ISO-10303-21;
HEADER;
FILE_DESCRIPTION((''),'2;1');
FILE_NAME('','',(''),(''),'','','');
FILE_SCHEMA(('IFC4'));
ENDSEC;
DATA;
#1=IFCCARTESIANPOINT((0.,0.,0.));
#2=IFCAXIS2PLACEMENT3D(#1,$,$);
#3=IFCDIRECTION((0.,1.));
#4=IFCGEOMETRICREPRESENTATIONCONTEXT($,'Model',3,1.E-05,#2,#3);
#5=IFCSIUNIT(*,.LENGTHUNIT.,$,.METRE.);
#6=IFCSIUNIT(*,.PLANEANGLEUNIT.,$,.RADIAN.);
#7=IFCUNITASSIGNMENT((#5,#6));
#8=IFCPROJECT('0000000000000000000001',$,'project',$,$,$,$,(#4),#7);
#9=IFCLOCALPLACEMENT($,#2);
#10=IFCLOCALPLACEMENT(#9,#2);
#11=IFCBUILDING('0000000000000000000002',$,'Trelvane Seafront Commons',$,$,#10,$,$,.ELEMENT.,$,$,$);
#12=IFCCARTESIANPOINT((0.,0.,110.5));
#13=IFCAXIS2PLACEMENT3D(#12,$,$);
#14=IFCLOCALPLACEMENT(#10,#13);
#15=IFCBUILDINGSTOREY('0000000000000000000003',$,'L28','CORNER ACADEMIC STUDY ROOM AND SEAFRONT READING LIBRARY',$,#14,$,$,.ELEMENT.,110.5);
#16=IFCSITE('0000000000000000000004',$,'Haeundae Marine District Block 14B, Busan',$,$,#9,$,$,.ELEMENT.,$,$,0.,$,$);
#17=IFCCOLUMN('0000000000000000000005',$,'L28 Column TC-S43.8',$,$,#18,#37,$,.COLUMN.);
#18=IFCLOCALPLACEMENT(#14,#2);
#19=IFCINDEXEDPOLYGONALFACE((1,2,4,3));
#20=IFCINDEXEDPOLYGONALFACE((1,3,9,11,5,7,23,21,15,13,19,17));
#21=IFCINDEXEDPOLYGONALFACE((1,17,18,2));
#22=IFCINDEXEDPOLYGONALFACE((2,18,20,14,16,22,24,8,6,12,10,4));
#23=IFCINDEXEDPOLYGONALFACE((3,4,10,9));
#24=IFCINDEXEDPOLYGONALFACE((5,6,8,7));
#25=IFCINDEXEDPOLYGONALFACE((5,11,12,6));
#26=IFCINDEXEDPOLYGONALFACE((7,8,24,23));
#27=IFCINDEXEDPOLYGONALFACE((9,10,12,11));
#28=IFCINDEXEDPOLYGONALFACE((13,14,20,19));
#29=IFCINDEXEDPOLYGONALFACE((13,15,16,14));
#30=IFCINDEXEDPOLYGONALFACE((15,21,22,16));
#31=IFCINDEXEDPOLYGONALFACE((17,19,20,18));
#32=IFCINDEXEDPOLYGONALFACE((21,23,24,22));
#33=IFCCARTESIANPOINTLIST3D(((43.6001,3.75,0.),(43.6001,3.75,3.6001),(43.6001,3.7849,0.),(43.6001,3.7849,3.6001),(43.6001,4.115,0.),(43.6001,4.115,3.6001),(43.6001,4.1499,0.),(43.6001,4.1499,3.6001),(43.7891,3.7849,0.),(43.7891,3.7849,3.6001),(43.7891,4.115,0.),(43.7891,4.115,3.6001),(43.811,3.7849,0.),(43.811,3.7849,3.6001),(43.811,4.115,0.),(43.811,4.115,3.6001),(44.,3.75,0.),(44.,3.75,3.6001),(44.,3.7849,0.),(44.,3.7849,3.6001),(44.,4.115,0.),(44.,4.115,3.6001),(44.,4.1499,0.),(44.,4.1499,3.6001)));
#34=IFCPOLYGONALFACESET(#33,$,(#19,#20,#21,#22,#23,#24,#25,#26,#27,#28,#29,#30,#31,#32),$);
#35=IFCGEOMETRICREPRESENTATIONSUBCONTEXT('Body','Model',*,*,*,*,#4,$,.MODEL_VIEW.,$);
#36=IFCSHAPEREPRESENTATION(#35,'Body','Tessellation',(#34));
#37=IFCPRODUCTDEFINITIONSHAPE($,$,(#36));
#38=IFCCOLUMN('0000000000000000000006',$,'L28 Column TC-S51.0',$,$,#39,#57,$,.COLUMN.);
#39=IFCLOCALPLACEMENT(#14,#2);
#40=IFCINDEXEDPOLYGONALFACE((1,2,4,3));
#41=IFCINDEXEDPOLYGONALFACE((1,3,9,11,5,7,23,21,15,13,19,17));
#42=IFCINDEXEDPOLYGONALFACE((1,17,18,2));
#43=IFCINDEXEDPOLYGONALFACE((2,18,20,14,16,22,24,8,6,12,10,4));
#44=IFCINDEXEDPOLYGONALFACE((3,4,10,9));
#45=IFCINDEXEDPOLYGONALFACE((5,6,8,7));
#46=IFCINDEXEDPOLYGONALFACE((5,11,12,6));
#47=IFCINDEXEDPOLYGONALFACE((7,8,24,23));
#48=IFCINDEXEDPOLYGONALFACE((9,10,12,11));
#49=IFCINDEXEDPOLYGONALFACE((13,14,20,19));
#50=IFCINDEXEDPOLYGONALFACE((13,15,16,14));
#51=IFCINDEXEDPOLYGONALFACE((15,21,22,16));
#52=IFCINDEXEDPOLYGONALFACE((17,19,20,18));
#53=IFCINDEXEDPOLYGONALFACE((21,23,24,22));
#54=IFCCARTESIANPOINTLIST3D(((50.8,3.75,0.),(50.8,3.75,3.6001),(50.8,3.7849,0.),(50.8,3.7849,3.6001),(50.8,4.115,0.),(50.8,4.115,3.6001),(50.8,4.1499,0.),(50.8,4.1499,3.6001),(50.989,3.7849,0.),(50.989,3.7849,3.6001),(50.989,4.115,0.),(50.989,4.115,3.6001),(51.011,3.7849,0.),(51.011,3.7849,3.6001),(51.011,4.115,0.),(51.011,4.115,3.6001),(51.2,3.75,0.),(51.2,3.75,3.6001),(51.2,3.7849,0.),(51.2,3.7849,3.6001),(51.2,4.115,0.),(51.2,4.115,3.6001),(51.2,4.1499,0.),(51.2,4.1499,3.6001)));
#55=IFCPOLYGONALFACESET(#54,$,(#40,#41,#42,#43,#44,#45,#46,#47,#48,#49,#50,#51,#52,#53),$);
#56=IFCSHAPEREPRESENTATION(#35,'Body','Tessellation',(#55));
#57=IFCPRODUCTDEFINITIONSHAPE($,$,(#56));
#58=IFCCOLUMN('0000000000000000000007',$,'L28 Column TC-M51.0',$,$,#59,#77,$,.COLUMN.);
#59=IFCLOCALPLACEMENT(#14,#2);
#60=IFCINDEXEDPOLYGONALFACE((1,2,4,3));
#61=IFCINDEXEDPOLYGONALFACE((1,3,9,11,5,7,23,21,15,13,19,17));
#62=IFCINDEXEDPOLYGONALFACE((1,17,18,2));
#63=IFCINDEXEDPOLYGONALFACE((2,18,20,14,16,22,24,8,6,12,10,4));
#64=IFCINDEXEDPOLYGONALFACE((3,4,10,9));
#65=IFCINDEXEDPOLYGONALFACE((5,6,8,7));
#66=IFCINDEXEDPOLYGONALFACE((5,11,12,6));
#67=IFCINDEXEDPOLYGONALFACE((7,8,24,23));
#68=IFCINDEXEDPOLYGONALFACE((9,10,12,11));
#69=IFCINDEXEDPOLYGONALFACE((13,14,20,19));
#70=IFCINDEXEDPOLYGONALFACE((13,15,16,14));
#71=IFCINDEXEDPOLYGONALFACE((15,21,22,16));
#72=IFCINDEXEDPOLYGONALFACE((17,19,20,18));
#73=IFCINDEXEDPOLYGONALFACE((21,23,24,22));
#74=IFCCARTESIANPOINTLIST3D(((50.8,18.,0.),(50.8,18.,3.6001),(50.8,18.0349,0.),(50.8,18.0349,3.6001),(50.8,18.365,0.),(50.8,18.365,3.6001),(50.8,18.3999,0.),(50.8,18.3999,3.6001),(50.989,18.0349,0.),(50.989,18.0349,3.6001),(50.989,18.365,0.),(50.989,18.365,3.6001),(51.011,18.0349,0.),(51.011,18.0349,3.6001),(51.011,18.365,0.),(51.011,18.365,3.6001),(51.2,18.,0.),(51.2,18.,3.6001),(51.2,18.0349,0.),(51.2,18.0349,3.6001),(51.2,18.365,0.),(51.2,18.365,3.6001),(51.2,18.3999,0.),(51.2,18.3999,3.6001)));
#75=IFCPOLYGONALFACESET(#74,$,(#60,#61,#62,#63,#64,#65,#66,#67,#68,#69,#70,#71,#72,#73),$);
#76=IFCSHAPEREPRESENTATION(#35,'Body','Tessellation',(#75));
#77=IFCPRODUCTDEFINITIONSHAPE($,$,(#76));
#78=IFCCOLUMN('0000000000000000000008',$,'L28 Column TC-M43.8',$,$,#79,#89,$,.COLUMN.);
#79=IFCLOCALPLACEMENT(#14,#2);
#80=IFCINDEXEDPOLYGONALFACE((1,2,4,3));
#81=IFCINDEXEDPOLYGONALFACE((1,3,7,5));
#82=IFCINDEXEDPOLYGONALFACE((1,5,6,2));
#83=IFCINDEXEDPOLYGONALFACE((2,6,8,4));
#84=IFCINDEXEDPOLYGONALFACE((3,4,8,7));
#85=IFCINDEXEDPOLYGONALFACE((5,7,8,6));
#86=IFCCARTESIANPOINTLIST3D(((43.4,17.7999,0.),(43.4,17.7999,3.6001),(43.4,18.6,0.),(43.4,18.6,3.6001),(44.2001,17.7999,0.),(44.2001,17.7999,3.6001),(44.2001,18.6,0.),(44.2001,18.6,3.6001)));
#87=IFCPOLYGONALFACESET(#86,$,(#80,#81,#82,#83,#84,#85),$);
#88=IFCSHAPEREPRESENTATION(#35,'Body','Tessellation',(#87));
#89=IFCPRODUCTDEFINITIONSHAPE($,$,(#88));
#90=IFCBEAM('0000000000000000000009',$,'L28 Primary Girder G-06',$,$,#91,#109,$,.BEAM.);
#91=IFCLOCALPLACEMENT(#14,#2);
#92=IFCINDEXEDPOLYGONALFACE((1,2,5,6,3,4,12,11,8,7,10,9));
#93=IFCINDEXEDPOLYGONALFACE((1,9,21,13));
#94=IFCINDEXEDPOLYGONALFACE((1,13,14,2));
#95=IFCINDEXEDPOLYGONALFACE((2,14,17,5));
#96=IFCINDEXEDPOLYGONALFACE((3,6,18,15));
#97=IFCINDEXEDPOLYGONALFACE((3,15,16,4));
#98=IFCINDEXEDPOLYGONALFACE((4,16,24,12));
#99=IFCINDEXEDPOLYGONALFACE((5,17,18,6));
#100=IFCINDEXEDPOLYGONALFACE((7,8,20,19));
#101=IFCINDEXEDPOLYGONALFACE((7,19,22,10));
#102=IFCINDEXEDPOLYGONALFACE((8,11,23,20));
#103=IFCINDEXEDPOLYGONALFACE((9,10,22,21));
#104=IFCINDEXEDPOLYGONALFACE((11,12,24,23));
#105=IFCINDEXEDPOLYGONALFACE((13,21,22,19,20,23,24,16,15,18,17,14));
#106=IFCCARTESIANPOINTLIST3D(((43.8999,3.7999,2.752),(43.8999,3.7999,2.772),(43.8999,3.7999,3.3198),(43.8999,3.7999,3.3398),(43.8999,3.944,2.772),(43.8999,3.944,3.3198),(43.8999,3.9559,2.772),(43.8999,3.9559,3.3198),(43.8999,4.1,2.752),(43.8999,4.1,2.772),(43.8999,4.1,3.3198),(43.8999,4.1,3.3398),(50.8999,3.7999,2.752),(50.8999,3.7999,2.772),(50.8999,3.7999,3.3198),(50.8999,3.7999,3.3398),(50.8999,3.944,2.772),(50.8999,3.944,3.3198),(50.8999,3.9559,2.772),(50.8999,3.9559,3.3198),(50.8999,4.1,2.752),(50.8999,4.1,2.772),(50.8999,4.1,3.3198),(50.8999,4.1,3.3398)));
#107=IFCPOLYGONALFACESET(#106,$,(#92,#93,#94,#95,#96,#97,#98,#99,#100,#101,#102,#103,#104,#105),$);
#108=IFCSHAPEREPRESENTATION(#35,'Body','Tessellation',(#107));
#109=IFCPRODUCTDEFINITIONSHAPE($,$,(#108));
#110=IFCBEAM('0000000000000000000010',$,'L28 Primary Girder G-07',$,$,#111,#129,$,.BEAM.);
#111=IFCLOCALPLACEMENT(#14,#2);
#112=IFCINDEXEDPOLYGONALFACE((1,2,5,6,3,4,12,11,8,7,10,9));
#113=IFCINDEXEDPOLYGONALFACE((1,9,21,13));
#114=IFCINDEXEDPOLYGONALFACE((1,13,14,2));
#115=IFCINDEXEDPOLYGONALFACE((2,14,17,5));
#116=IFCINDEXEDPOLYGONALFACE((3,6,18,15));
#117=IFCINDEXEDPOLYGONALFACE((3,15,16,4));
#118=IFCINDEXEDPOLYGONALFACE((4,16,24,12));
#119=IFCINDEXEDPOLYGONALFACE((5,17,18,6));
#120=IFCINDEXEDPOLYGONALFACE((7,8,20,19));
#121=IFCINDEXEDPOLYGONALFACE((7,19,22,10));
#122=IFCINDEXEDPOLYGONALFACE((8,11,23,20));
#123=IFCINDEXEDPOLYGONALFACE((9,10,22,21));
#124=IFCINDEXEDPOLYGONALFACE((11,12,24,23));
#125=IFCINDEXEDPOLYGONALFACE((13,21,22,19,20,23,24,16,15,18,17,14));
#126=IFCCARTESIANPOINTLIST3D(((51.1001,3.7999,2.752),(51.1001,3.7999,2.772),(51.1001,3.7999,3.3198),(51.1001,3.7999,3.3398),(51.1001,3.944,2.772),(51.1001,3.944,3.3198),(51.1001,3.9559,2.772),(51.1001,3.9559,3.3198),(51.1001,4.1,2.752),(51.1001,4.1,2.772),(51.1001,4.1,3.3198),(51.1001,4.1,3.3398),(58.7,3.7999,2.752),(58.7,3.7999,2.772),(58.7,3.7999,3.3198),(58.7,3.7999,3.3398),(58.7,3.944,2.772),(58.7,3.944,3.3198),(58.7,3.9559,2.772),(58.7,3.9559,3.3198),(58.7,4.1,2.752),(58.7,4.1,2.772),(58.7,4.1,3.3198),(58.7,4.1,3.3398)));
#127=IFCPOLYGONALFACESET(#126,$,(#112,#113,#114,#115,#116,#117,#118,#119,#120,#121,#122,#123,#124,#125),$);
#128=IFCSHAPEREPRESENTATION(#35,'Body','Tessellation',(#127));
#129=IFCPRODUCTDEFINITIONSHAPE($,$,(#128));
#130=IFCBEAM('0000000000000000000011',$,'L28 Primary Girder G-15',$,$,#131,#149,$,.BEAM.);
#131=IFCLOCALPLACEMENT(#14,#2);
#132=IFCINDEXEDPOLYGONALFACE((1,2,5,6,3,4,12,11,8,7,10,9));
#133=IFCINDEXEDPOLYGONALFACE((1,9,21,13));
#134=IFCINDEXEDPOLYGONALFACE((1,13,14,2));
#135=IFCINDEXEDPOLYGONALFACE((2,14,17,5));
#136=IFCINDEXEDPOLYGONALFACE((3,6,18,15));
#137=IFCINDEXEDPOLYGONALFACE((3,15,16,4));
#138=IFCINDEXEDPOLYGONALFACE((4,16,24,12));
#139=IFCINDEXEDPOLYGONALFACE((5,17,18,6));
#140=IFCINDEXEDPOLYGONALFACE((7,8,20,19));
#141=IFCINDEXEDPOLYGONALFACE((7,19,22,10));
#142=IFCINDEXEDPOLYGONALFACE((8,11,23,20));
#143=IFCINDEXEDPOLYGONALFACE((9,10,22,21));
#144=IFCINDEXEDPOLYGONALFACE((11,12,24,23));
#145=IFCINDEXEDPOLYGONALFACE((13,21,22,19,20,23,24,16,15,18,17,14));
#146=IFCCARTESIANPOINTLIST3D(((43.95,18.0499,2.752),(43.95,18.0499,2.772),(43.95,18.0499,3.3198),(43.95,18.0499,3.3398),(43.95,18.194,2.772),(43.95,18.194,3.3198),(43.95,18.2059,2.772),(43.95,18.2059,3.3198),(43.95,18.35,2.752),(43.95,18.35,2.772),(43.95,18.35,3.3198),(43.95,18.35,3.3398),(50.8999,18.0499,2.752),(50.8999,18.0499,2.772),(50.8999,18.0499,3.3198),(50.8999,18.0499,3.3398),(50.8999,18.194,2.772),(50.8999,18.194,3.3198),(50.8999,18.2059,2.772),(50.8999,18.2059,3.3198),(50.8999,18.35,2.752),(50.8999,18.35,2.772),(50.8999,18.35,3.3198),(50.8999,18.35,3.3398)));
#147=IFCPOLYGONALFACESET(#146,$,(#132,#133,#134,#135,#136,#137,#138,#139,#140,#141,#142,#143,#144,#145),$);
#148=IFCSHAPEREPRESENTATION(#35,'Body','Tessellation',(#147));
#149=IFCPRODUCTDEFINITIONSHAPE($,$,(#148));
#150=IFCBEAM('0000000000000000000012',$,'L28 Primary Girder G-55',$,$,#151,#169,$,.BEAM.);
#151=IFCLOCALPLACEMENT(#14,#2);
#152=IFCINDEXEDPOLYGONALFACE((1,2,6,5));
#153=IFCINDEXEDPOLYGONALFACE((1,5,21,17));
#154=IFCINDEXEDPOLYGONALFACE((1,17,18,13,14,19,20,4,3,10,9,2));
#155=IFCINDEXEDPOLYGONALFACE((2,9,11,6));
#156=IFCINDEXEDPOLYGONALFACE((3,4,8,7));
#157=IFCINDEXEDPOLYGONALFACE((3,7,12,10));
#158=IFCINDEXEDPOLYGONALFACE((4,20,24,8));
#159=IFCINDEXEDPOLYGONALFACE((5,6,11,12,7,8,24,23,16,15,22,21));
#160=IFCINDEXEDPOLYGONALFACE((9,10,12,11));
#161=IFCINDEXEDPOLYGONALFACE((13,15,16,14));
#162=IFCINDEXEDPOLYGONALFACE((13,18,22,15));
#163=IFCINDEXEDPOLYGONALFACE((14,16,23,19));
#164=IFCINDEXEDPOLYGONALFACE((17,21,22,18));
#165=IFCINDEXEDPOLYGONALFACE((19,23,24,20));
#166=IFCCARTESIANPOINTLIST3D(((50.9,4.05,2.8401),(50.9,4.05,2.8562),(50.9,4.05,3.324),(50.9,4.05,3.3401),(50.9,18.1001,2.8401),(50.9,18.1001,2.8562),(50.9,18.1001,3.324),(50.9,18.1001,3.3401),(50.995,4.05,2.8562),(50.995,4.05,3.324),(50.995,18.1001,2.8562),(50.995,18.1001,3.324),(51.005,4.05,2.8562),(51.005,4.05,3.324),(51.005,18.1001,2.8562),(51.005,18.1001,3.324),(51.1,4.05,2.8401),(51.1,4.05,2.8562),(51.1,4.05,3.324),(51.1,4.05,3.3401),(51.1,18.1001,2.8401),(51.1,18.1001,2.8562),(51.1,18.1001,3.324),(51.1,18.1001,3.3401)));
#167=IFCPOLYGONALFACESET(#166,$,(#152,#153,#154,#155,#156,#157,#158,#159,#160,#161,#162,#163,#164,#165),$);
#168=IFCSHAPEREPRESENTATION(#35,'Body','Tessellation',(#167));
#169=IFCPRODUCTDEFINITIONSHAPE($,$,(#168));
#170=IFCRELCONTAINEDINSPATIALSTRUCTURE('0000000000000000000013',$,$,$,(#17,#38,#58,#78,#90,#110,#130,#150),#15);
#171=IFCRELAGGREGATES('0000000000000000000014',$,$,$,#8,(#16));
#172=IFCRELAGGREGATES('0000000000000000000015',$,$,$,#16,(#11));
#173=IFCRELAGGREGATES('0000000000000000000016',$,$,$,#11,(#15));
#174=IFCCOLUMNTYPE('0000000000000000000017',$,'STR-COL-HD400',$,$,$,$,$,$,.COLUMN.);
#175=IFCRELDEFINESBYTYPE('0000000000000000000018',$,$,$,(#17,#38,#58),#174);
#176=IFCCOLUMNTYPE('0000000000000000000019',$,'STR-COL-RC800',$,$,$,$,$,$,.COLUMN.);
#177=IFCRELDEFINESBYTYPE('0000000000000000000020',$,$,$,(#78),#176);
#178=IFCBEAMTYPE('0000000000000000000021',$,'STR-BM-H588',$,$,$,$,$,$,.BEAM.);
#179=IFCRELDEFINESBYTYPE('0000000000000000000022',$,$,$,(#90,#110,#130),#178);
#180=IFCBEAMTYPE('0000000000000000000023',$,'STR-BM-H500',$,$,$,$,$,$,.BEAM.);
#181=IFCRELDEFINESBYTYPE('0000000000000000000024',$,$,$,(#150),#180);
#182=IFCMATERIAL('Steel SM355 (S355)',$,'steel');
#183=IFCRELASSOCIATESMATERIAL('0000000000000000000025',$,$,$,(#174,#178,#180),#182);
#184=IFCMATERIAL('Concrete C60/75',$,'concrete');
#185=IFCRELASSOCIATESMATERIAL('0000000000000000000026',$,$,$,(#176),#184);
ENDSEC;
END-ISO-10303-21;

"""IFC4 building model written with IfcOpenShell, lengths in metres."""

from ifc_helpers import new_model, si_unit, direction, frame, origin, origin_2d, place, context, subcontext, project, spatial, rectangle, i_section, extrude, source, transform, mapped, material, material_profile, profile_set, type_object, element, save


model = new_model("IFC4")

# Units and contexts
model_context = context("Model", 3, precision=1e-05, world=origin(), true_north=direction((0.0, 1.0)))
body_context = subcontext(model_context, "Body", "Model", "MODEL_VIEW")
ifc_project = project(units=[si_unit("LENGTHUNIT", "METRE"), si_unit("PLANEANGLEUNIT", "RADIAN")], contexts=[model_context])

# Site, building, storey
site_placement = place(None, origin())
site = spatial("IfcSite", under=ifc_project, at=site_placement, Name="Haeundae Marine District Block 14B, Busan", CompositionType="ELEMENT", RefElevation=0.0)
building_placement = place(site_placement, origin())
building = spatial("IfcBuilding", under=site, at=building_placement, Name="Trelvane Seafront Commons", CompositionType="ELEMENT")
storey_placement = place(building_placement, frame((0.0, 0.0, 110.5)))
storey = spatial("IfcBuildingStorey", under=building, at=storey_placement, Name="L28", Description="CORNER ACADEMIC STUDY ROOM AND SEAFRONT READING LIBRARY", CompositionType="ELEMENT", Elevation=110.5)

# Columns
ifc_material_1 = material(Name="Steel SM355 (S355)", Category="steel")
ifc_material_profile_1 = material_profile(ifc_material_1, i_section(OverallWidth=0.3999, OverallDepth=0.3999, WebThickness=0.022, FlangeThickness=0.0349, at=origin_2d()), Name="HD-400x400x22x35")
ifc_profile_set_1 = profile_set([ifc_material_profile_1], Name="Steel SM355 (S355)")
column_type_1 = type_object("IfcColumnType", Name="STR-COL-HD400", PredefinedType="COLUMN", material=ifc_profile_set_1)
shared_shape_1 = source(origin(), body_context, "Body", "SweptSolid", [
    extrude(i_section(OverallWidth=0.3999, OverallDepth=0.3999, WebThickness=0.022, FlangeThickness=0.0349, at=origin_2d()), origin(), (0.0, 0.0, 1.0), 3.6001),
])
for number, where, z_axis, x_axis, name in (
    (1, (43.8, 3.95, 0.0), (0.0, 0.0, 1.0), (1.0, 0.0, 0.0), "L28 Column TC-S43.8"),
    (2, (51.0, 3.95, 0.0), (0.0, 0.0, 1.0), (1.0, 0.0, 0.0), "L28 Column TC-S51.0"),
    (3, (51.0, 18.2, 0.0), (0.0, 0.0, 1.0), (1.0, 0.0, 0.0), "L28 Column TC-M51.0"),
):
    element("IfcColumn", number, at=place(storey_placement, frame(where, z_axis=z_axis, x_axis=x_axis)), inside=storey, type_object=column_type_1, Name=name, PredefinedType="COLUMN", context=body_context, shape_type="MappedRepresentation", body=[
        mapped(shared_shape_1, transform((0.0, 0.0, 0.0), x_axis=(1.0, 0.0, 0.0), y_axis=(0.0, 1.0, 0.0), z_axis=(0.0, 0.0, 1.0), scale=1.0)),
    ])
ifc_material_2 = material(Name="Concrete C60/75", Category="concrete")
ifc_material_profile_2 = material_profile(ifc_material_2, rectangle(XDim=0.8, YDim=0.8, at=origin_2d()), Name="RC-800x800")
ifc_profile_set_2 = profile_set([ifc_material_profile_2], Name="Concrete C60/75")
column_type_2 = type_object("IfcColumnType", Name="STR-COL-RC800", PredefinedType="COLUMN", material=ifc_profile_set_2)
shared_shape_2 = source(origin(), body_context, "Body", "SweptSolid", [
    extrude(rectangle(XDim=0.8, YDim=0.8, at=origin_2d()), origin(), (0.0, 0.0, 1.0), 3.6001),
])
column_placement = place(storey_placement, frame((43.8, 18.2, 0.0), z_axis=(0.0, 0.0, 1.0), x_axis=(1.0, 0.0, 0.0)))
element("IfcColumn", 4, at=column_placement, inside=storey, type_object=column_type_2, Name="L28 Column TC-M43.8", PredefinedType="COLUMN", context=body_context, shape_type="MappedRepresentation", body=[
    mapped(shared_shape_2, transform((0.0, 0.0, 0.0), x_axis=(1.0, 0.0, 0.0), y_axis=(0.0, 1.0, 0.0), z_axis=(0.0, 0.0, 1.0), scale=1.0)),
])

# Beams
ifc_material_profile_3 = material_profile(ifc_material_1, i_section(OverallWidth=0.3, OverallDepth=0.5879, WebThickness=0.012, FlangeThickness=0.02, at=origin_2d()), Name="H-588x300x12x20")
ifc_profile_set_3 = profile_set([ifc_material_profile_3], Name="Steel SM355 (S355)")
beam_type_1 = type_object("IfcBeamType", Name="STR-BM-H588", PredefinedType="BEAM", material=ifc_profile_set_3)
shared_shape_3 = source(origin(), body_context, "Body", "SweptSolid", [
    extrude(i_section(OverallWidth=0.3, OverallDepth=0.5879, WebThickness=0.012, FlangeThickness=0.02, at=origin_2d()), origin(), (0.0, 0.0, 1.0), 7.0),
])
beam_1_placement = place(storey_placement, frame((43.8999, 3.95, 3.0459), z_axis=(1.0, 0.0, 0.0), x_axis=(0.0, 1.0, 0.0)))
element("IfcBeam", 5, at=beam_1_placement, inside=storey, type_object=beam_type_1, Name="L28 Primary Girder G-06", PredefinedType="BEAM", context=body_context, shape_type="MappedRepresentation", body=[
    mapped(shared_shape_3, transform((0.0, 0.0, 0.0), x_axis=(1.0, 0.0, 0.0), y_axis=(0.0, 1.0, 0.0), z_axis=(0.0, 0.0, 1.0), scale=1.0)),
])
shared_shape_4 = source(origin(), body_context, "Body", "SweptSolid", [
    extrude(i_section(OverallWidth=0.3, OverallDepth=0.5879, WebThickness=0.012, FlangeThickness=0.02, at=origin_2d()), origin(), (0.0, 0.0, 1.0), 7.5999),
])
beam_2_placement = place(storey_placement, frame((51.1001, 3.95, 3.0459), z_axis=(1.0, 0.0, 0.0), x_axis=(0.0, 1.0, 0.0)))
element("IfcBeam", 6, at=beam_2_placement, inside=storey, type_object=beam_type_1, Name="L28 Primary Girder G-07", PredefinedType="BEAM", context=body_context, shape_type="MappedRepresentation", body=[
    mapped(shared_shape_4, transform((0.0, 0.0, 0.0), x_axis=(1.0, 0.0, 0.0), y_axis=(0.0, 1.0, 0.0), z_axis=(0.0, 0.0, 1.0), scale=1.0)),
])
shared_shape_5 = source(origin(), body_context, "Body", "SweptSolid", [
    extrude(i_section(OverallWidth=0.3, OverallDepth=0.5879, WebThickness=0.012, FlangeThickness=0.02, at=origin_2d()), origin(), (0.0, 0.0, 1.0), 6.95),
])
beam_3_placement = place(storey_placement, frame((43.95, 18.2, 3.0459), z_axis=(1.0, 0.0, 0.0), x_axis=(0.0, 1.0, 0.0)))
element("IfcBeam", 7, at=beam_3_placement, inside=storey, type_object=beam_type_1, Name="L28 Primary Girder G-15", PredefinedType="BEAM", context=body_context, shape_type="MappedRepresentation", body=[
    mapped(shared_shape_5, transform((0.0, 0.0, 0.0), x_axis=(1.0, 0.0, 0.0), y_axis=(0.0, 1.0, 0.0), z_axis=(0.0, 0.0, 1.0), scale=1.0)),
])
ifc_material_profile_4 = material_profile(ifc_material_1, i_section(OverallWidth=0.2, OverallDepth=0.5, WebThickness=0.01, FlangeThickness=0.0161, at=origin_2d()), Name="H-500x200x10x16")
ifc_profile_set_4 = profile_set([ifc_material_profile_4], Name="Steel SM355 (S355)")
beam_type_2 = type_object("IfcBeamType", Name="STR-BM-H500", PredefinedType="BEAM", material=ifc_profile_set_4)
shared_shape_6 = source(origin(), body_context, "Body", "SweptSolid", [
    extrude(i_section(OverallWidth=0.2, OverallDepth=0.5, WebThickness=0.01, FlangeThickness=0.0161, at=origin_2d()), origin(), (0.0, 0.0, 1.0), 14.05),
])
beam_4_placement = place(storey_placement, frame((51.0, 4.05, 3.0901), z_axis=(0.0, 1.0, 0.0), x_axis=(-1.0, 0.0, 0.0)))
element("IfcBeam", 8, at=beam_4_placement, inside=storey, type_object=beam_type_2, Name="L28 Primary Girder G-55", PredefinedType="BEAM", context=body_context, shape_type="MappedRepresentation", body=[
    mapped(shared_shape_6, transform((0.0, 0.0, 0.0), x_axis=(1.0, 0.0, 0.0), y_axis=(0.0, 1.0, 0.0), z_axis=(0.0, 0.0, 1.0), scale=1.0)),
])

save(model, "model.ifc")
